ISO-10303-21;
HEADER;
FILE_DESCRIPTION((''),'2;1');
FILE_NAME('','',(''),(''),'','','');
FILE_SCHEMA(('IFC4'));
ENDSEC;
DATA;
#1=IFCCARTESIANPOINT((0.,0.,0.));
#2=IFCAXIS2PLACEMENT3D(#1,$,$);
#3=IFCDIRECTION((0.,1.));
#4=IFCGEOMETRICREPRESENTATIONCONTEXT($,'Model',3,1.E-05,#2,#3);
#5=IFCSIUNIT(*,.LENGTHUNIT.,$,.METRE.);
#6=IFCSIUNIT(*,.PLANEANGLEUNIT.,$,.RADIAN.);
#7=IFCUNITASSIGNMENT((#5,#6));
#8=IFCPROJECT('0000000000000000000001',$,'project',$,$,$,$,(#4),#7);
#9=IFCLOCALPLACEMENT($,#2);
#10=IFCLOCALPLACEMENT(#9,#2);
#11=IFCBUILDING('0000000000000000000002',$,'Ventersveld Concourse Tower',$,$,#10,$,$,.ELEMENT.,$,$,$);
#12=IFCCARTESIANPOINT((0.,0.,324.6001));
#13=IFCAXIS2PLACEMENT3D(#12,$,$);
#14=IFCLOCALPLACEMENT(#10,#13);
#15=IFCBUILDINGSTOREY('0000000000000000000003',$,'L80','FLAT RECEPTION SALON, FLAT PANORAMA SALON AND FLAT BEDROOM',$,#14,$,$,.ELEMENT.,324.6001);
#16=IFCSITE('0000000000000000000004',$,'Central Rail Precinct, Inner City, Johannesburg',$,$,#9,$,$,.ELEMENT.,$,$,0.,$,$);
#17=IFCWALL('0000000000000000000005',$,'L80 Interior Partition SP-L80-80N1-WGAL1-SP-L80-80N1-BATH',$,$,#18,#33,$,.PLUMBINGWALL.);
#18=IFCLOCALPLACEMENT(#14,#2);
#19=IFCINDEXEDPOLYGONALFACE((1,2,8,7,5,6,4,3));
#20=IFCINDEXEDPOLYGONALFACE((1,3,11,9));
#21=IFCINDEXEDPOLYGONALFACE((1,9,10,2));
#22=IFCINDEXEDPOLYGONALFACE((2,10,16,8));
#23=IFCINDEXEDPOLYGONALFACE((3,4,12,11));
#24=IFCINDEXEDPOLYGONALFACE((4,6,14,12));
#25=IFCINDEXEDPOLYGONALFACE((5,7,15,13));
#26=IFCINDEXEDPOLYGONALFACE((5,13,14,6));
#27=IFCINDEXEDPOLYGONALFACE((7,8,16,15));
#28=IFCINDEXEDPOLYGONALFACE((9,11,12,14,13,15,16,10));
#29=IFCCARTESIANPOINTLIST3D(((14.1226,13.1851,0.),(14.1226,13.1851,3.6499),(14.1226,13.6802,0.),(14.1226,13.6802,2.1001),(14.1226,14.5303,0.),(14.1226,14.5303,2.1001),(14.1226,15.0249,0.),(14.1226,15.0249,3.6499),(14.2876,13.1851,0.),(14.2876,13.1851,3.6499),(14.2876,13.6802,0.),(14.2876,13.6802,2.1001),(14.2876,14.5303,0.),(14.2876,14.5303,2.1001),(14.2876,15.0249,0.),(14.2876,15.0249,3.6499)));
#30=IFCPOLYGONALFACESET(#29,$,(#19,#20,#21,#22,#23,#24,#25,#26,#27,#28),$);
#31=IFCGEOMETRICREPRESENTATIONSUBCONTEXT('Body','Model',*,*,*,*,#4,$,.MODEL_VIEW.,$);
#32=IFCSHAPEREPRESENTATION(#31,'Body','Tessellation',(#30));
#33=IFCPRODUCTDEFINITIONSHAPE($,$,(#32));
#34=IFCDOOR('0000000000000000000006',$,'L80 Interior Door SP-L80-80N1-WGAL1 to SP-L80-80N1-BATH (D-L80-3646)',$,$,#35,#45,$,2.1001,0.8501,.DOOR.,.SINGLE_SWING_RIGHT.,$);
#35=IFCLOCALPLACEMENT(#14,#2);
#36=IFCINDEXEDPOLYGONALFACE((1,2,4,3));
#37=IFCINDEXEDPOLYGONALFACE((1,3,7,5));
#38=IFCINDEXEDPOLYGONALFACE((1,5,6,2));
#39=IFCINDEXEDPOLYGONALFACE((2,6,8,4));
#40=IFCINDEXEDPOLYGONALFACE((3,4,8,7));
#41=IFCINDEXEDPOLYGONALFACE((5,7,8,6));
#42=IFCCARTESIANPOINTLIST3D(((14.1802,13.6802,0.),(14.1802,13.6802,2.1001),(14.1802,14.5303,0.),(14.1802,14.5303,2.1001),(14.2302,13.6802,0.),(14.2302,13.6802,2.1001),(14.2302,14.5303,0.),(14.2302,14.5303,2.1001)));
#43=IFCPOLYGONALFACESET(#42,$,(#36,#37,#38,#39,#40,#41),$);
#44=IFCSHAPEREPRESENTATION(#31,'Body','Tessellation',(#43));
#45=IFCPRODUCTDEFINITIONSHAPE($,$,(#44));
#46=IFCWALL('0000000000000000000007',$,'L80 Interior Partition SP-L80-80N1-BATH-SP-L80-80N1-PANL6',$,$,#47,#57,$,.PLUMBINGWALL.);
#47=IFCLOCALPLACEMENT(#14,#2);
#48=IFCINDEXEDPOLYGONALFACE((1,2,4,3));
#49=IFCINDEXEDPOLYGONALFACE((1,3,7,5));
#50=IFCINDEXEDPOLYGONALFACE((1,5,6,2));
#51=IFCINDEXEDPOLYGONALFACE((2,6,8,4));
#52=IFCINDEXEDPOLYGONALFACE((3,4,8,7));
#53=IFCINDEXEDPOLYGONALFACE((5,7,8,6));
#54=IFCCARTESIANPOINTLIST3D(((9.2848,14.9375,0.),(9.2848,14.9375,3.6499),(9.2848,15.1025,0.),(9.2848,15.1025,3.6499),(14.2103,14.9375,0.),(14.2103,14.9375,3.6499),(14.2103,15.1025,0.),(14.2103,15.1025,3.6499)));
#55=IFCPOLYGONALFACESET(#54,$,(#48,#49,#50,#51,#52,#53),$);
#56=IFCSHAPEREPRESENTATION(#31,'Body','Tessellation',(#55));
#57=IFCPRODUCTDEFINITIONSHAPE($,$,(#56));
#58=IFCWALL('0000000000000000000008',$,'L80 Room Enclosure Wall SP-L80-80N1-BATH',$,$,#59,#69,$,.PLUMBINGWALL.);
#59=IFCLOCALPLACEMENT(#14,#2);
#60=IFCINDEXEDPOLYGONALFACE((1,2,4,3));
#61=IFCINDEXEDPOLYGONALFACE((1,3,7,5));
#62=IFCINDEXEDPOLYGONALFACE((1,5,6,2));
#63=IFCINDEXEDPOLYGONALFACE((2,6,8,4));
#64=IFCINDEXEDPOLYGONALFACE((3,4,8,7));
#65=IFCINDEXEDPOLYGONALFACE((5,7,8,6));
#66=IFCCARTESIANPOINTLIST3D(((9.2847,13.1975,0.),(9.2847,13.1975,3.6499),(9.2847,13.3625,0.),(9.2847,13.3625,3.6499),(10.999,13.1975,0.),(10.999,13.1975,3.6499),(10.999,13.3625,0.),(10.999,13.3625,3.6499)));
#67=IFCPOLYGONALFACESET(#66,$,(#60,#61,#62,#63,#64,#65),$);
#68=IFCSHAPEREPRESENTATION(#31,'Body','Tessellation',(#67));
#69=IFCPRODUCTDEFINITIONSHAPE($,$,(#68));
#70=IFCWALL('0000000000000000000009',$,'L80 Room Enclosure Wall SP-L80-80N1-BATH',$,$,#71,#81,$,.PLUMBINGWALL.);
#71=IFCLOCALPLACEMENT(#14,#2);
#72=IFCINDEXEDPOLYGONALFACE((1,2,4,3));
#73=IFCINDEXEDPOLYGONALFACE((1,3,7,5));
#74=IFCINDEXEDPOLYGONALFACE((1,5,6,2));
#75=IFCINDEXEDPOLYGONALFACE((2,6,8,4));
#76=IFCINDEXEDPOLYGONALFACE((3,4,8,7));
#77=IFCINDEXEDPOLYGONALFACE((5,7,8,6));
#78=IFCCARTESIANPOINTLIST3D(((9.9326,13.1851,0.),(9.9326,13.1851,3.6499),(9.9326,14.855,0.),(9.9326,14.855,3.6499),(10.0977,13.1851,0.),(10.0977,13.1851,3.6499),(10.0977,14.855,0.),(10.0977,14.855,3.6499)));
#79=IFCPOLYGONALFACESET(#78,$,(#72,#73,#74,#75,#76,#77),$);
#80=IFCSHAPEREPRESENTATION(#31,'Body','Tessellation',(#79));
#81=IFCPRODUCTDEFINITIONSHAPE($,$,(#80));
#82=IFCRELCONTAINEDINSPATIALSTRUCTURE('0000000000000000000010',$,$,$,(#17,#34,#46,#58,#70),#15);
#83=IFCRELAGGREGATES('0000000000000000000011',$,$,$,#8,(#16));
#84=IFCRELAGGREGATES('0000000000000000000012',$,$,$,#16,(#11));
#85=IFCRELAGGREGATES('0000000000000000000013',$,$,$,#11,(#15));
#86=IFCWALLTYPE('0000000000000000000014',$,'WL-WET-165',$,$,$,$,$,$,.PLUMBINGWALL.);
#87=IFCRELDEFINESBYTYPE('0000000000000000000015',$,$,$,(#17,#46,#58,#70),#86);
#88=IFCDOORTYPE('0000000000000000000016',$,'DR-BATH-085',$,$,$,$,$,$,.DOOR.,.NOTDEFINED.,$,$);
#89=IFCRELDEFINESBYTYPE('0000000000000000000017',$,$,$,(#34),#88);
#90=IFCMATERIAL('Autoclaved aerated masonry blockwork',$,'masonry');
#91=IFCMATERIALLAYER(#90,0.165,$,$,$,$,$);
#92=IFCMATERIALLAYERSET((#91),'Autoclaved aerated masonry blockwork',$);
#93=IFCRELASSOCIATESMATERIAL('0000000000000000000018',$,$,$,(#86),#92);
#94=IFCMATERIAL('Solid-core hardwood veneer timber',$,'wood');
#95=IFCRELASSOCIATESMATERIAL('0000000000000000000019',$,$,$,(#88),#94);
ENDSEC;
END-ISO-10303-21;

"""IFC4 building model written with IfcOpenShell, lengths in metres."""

from ifc_helpers import new_model, si_unit, direction, frame, frame_2d, origin, place, context, subcontext, project, spatial, rectangle, extrude, material, layer, layer_set, type_object, element, fill, save


model = new_model("IFC4")

# Units and contexts
model_context = context("Model", 3, precision=1e-05, world=origin(), true_north=direction((0.0, 1.0)))
body_context = subcontext(model_context, "Body", "Model", "MODEL_VIEW")
ifc_project = project(units=[si_unit("LENGTHUNIT", "METRE"), si_unit("PLANEANGLEUNIT", "RADIAN")], contexts=[model_context])

# Site, building, storey
site_placement = place(None, origin())
site = spatial("IfcSite", under=ifc_project, at=site_placement, Name="Central Rail Precinct, Inner City, Johannesburg", CompositionType="ELEMENT", RefElevation=0.0)
building_placement = place(site_placement, origin())
building = spatial("IfcBuilding", under=site, at=building_placement, Name="Ventersveld Concourse Tower", CompositionType="ELEMENT")
storey_placement = place(building_placement, frame((0.0, 0.0, 324.6001)))
storey = spatial("IfcBuildingStorey", under=building, at=storey_placement, Name="L80", Description="FLAT RECEPTION SALON, FLAT PANORAMA SALON AND FLAT BEDROOM", CompositionType="ELEMENT", Elevation=324.6001)

# Shared definitions
ifc_material_1 = material(Name="Solid-core hardwood veneer timber", Category="wood")

# Shared definitions
ifc_material_2 = material(Name="Autoclaved aerated masonry blockwork", Category="masonry")

# Wall, opening, door
ifc_layer_1 = layer(ifc_material_2, 0.165)
ifc_layer_set_1 = layer_set([ifc_layer_1], Name="Autoclaved aerated masonry blockwork")
wall_type_1 = type_object("IfcWallType", Name="WL-WET-165", PredefinedType="PLUMBINGWALL", material=ifc_layer_set_1)
wall_1_placement = place(storey_placement, frame((14.2051, 13.1851, 0.0), z_axis=(0.0, 0.0, 1.0), x_axis=(0.0, 1.0, 0.0)))
wall_1 = element("IfcWall", 1, at=wall_1_placement, inside=storey, type_object=wall_type_1, Name="L80 Interior Partition SP-L80-80N1-WGAL1-SP-L80-80N1-BATH", PredefinedType="PLUMBINGWALL", context=body_context, shape_type="SweptSolid", body=[
    extrude(rectangle(XDim=1.8398, YDim=0.165, at=frame_2d((0.9199, 0.0))), origin(), (0.0, 0.0, 1.0), 3.6499),
])
opening_1_placement = place(wall_1_placement, frame((0.4951, 0.0, 0.0)))
opening_1 = element("IfcOpeningElement", 2, at=opening_1_placement, cuts=wall_1, PredefinedType="OPENING", context=body_context, shape_type="SweptSolid", body=[
    extrude(rectangle(XDim=0.8501, YDim=2.1001, at=frame_2d((0.425, 1.05))), frame((0.0, 0.0925, 0.0), z_axis=(0.0, -1.0, 0.0), x_axis=(1.0, 0.0, 0.0)), (0.0, 0.0, 1.0), 0.1851),
])
door_type_1 = type_object("IfcDoorType", Name="DR-BATH-085", OperationType="NOTDEFINED", PredefinedType="DOOR", material=ifc_material_1)
door_1_placement = place(opening_1_placement, origin())
door_1 = element("IfcDoor", 3, at=door_1_placement, inside=storey, type_object=door_type_1, Name="L80 Interior Door SP-L80-80N1-WGAL1 to SP-L80-80N1-BATH (D-L80-3646)", OperationType="SINGLE_SWING_RIGHT", OverallHeight=2.1001, OverallWidth=0.8501, PredefinedType="DOOR", context=body_context, shape_type="SweptSolid", body=[
    extrude(rectangle(XDim=0.8501, YDim=2.1001, at=frame_2d((0.425, 1.05))), frame((0.0, 0.0249, 0.0), z_axis=(0.0, -1.0, 0.0), x_axis=(1.0, 0.0, 0.0)), (0.0, 0.0, 1.0), 0.05),
])
fill(opening_1, door_1)

# Walls
wall_2_placement = place(storey_placement, frame((9.2847, 15.02, 0.0), z_axis=(0.0, 0.0, 1.0), x_axis=(1.0, 0.0, 0.0)))
element("IfcWall", 4, at=wall_2_placement, inside=storey, type_object=wall_type_1, Name="L80 Interior Partition SP-L80-80N1-BATH-SP-L80-80N1-PANL6", PredefinedType="PLUMBINGWALL", context=body_context, shape_type="SweptSolid", body=[
    extrude(rectangle(XDim=4.9255, YDim=0.165, at=frame_2d((2.4629, 0.0))), origin(), (0.0, 0.0, 1.0), 3.6499),
])
wall_3_placement = place(storey_placement, frame((10.999, 13.28, 0.0), z_axis=(0.0, 0.0, 1.0), x_axis=(-1.0, 0.0, 0.0)))
element("IfcWall", 5, at=wall_3_placement, inside=storey, type_object=wall_type_1, Name="L80 Room Enclosure Wall SP-L80-80N1-BATH", PredefinedType="PLUMBINGWALL", context=body_context, shape_type="SweptSolid", body=[
    extrude(rectangle(XDim=1.7144, YDim=0.165, at=frame_2d((0.8572, 0.0))), origin(), (0.0, 0.0, 1.0), 3.6499),
])
wall_4_placement = place(storey_placement, frame((10.0151, 13.1851, 0.0), z_axis=(0.0, 0.0, 1.0), x_axis=(0.0, 1.0, 0.0)))
element("IfcWall", 6, at=wall_4_placement, inside=storey, type_object=wall_type_1, Name="L80 Room Enclosure Wall SP-L80-80N1-BATH", PredefinedType="PLUMBINGWALL", context=body_context, shape_type="SweptSolid", body=[
    extrude(rectangle(XDim=1.6699, YDim=0.165, at=frame_2d((0.835, 0.0))), origin(), (0.0, 0.0, 1.0), 3.6499),
])

save(model, "model.ifc")
